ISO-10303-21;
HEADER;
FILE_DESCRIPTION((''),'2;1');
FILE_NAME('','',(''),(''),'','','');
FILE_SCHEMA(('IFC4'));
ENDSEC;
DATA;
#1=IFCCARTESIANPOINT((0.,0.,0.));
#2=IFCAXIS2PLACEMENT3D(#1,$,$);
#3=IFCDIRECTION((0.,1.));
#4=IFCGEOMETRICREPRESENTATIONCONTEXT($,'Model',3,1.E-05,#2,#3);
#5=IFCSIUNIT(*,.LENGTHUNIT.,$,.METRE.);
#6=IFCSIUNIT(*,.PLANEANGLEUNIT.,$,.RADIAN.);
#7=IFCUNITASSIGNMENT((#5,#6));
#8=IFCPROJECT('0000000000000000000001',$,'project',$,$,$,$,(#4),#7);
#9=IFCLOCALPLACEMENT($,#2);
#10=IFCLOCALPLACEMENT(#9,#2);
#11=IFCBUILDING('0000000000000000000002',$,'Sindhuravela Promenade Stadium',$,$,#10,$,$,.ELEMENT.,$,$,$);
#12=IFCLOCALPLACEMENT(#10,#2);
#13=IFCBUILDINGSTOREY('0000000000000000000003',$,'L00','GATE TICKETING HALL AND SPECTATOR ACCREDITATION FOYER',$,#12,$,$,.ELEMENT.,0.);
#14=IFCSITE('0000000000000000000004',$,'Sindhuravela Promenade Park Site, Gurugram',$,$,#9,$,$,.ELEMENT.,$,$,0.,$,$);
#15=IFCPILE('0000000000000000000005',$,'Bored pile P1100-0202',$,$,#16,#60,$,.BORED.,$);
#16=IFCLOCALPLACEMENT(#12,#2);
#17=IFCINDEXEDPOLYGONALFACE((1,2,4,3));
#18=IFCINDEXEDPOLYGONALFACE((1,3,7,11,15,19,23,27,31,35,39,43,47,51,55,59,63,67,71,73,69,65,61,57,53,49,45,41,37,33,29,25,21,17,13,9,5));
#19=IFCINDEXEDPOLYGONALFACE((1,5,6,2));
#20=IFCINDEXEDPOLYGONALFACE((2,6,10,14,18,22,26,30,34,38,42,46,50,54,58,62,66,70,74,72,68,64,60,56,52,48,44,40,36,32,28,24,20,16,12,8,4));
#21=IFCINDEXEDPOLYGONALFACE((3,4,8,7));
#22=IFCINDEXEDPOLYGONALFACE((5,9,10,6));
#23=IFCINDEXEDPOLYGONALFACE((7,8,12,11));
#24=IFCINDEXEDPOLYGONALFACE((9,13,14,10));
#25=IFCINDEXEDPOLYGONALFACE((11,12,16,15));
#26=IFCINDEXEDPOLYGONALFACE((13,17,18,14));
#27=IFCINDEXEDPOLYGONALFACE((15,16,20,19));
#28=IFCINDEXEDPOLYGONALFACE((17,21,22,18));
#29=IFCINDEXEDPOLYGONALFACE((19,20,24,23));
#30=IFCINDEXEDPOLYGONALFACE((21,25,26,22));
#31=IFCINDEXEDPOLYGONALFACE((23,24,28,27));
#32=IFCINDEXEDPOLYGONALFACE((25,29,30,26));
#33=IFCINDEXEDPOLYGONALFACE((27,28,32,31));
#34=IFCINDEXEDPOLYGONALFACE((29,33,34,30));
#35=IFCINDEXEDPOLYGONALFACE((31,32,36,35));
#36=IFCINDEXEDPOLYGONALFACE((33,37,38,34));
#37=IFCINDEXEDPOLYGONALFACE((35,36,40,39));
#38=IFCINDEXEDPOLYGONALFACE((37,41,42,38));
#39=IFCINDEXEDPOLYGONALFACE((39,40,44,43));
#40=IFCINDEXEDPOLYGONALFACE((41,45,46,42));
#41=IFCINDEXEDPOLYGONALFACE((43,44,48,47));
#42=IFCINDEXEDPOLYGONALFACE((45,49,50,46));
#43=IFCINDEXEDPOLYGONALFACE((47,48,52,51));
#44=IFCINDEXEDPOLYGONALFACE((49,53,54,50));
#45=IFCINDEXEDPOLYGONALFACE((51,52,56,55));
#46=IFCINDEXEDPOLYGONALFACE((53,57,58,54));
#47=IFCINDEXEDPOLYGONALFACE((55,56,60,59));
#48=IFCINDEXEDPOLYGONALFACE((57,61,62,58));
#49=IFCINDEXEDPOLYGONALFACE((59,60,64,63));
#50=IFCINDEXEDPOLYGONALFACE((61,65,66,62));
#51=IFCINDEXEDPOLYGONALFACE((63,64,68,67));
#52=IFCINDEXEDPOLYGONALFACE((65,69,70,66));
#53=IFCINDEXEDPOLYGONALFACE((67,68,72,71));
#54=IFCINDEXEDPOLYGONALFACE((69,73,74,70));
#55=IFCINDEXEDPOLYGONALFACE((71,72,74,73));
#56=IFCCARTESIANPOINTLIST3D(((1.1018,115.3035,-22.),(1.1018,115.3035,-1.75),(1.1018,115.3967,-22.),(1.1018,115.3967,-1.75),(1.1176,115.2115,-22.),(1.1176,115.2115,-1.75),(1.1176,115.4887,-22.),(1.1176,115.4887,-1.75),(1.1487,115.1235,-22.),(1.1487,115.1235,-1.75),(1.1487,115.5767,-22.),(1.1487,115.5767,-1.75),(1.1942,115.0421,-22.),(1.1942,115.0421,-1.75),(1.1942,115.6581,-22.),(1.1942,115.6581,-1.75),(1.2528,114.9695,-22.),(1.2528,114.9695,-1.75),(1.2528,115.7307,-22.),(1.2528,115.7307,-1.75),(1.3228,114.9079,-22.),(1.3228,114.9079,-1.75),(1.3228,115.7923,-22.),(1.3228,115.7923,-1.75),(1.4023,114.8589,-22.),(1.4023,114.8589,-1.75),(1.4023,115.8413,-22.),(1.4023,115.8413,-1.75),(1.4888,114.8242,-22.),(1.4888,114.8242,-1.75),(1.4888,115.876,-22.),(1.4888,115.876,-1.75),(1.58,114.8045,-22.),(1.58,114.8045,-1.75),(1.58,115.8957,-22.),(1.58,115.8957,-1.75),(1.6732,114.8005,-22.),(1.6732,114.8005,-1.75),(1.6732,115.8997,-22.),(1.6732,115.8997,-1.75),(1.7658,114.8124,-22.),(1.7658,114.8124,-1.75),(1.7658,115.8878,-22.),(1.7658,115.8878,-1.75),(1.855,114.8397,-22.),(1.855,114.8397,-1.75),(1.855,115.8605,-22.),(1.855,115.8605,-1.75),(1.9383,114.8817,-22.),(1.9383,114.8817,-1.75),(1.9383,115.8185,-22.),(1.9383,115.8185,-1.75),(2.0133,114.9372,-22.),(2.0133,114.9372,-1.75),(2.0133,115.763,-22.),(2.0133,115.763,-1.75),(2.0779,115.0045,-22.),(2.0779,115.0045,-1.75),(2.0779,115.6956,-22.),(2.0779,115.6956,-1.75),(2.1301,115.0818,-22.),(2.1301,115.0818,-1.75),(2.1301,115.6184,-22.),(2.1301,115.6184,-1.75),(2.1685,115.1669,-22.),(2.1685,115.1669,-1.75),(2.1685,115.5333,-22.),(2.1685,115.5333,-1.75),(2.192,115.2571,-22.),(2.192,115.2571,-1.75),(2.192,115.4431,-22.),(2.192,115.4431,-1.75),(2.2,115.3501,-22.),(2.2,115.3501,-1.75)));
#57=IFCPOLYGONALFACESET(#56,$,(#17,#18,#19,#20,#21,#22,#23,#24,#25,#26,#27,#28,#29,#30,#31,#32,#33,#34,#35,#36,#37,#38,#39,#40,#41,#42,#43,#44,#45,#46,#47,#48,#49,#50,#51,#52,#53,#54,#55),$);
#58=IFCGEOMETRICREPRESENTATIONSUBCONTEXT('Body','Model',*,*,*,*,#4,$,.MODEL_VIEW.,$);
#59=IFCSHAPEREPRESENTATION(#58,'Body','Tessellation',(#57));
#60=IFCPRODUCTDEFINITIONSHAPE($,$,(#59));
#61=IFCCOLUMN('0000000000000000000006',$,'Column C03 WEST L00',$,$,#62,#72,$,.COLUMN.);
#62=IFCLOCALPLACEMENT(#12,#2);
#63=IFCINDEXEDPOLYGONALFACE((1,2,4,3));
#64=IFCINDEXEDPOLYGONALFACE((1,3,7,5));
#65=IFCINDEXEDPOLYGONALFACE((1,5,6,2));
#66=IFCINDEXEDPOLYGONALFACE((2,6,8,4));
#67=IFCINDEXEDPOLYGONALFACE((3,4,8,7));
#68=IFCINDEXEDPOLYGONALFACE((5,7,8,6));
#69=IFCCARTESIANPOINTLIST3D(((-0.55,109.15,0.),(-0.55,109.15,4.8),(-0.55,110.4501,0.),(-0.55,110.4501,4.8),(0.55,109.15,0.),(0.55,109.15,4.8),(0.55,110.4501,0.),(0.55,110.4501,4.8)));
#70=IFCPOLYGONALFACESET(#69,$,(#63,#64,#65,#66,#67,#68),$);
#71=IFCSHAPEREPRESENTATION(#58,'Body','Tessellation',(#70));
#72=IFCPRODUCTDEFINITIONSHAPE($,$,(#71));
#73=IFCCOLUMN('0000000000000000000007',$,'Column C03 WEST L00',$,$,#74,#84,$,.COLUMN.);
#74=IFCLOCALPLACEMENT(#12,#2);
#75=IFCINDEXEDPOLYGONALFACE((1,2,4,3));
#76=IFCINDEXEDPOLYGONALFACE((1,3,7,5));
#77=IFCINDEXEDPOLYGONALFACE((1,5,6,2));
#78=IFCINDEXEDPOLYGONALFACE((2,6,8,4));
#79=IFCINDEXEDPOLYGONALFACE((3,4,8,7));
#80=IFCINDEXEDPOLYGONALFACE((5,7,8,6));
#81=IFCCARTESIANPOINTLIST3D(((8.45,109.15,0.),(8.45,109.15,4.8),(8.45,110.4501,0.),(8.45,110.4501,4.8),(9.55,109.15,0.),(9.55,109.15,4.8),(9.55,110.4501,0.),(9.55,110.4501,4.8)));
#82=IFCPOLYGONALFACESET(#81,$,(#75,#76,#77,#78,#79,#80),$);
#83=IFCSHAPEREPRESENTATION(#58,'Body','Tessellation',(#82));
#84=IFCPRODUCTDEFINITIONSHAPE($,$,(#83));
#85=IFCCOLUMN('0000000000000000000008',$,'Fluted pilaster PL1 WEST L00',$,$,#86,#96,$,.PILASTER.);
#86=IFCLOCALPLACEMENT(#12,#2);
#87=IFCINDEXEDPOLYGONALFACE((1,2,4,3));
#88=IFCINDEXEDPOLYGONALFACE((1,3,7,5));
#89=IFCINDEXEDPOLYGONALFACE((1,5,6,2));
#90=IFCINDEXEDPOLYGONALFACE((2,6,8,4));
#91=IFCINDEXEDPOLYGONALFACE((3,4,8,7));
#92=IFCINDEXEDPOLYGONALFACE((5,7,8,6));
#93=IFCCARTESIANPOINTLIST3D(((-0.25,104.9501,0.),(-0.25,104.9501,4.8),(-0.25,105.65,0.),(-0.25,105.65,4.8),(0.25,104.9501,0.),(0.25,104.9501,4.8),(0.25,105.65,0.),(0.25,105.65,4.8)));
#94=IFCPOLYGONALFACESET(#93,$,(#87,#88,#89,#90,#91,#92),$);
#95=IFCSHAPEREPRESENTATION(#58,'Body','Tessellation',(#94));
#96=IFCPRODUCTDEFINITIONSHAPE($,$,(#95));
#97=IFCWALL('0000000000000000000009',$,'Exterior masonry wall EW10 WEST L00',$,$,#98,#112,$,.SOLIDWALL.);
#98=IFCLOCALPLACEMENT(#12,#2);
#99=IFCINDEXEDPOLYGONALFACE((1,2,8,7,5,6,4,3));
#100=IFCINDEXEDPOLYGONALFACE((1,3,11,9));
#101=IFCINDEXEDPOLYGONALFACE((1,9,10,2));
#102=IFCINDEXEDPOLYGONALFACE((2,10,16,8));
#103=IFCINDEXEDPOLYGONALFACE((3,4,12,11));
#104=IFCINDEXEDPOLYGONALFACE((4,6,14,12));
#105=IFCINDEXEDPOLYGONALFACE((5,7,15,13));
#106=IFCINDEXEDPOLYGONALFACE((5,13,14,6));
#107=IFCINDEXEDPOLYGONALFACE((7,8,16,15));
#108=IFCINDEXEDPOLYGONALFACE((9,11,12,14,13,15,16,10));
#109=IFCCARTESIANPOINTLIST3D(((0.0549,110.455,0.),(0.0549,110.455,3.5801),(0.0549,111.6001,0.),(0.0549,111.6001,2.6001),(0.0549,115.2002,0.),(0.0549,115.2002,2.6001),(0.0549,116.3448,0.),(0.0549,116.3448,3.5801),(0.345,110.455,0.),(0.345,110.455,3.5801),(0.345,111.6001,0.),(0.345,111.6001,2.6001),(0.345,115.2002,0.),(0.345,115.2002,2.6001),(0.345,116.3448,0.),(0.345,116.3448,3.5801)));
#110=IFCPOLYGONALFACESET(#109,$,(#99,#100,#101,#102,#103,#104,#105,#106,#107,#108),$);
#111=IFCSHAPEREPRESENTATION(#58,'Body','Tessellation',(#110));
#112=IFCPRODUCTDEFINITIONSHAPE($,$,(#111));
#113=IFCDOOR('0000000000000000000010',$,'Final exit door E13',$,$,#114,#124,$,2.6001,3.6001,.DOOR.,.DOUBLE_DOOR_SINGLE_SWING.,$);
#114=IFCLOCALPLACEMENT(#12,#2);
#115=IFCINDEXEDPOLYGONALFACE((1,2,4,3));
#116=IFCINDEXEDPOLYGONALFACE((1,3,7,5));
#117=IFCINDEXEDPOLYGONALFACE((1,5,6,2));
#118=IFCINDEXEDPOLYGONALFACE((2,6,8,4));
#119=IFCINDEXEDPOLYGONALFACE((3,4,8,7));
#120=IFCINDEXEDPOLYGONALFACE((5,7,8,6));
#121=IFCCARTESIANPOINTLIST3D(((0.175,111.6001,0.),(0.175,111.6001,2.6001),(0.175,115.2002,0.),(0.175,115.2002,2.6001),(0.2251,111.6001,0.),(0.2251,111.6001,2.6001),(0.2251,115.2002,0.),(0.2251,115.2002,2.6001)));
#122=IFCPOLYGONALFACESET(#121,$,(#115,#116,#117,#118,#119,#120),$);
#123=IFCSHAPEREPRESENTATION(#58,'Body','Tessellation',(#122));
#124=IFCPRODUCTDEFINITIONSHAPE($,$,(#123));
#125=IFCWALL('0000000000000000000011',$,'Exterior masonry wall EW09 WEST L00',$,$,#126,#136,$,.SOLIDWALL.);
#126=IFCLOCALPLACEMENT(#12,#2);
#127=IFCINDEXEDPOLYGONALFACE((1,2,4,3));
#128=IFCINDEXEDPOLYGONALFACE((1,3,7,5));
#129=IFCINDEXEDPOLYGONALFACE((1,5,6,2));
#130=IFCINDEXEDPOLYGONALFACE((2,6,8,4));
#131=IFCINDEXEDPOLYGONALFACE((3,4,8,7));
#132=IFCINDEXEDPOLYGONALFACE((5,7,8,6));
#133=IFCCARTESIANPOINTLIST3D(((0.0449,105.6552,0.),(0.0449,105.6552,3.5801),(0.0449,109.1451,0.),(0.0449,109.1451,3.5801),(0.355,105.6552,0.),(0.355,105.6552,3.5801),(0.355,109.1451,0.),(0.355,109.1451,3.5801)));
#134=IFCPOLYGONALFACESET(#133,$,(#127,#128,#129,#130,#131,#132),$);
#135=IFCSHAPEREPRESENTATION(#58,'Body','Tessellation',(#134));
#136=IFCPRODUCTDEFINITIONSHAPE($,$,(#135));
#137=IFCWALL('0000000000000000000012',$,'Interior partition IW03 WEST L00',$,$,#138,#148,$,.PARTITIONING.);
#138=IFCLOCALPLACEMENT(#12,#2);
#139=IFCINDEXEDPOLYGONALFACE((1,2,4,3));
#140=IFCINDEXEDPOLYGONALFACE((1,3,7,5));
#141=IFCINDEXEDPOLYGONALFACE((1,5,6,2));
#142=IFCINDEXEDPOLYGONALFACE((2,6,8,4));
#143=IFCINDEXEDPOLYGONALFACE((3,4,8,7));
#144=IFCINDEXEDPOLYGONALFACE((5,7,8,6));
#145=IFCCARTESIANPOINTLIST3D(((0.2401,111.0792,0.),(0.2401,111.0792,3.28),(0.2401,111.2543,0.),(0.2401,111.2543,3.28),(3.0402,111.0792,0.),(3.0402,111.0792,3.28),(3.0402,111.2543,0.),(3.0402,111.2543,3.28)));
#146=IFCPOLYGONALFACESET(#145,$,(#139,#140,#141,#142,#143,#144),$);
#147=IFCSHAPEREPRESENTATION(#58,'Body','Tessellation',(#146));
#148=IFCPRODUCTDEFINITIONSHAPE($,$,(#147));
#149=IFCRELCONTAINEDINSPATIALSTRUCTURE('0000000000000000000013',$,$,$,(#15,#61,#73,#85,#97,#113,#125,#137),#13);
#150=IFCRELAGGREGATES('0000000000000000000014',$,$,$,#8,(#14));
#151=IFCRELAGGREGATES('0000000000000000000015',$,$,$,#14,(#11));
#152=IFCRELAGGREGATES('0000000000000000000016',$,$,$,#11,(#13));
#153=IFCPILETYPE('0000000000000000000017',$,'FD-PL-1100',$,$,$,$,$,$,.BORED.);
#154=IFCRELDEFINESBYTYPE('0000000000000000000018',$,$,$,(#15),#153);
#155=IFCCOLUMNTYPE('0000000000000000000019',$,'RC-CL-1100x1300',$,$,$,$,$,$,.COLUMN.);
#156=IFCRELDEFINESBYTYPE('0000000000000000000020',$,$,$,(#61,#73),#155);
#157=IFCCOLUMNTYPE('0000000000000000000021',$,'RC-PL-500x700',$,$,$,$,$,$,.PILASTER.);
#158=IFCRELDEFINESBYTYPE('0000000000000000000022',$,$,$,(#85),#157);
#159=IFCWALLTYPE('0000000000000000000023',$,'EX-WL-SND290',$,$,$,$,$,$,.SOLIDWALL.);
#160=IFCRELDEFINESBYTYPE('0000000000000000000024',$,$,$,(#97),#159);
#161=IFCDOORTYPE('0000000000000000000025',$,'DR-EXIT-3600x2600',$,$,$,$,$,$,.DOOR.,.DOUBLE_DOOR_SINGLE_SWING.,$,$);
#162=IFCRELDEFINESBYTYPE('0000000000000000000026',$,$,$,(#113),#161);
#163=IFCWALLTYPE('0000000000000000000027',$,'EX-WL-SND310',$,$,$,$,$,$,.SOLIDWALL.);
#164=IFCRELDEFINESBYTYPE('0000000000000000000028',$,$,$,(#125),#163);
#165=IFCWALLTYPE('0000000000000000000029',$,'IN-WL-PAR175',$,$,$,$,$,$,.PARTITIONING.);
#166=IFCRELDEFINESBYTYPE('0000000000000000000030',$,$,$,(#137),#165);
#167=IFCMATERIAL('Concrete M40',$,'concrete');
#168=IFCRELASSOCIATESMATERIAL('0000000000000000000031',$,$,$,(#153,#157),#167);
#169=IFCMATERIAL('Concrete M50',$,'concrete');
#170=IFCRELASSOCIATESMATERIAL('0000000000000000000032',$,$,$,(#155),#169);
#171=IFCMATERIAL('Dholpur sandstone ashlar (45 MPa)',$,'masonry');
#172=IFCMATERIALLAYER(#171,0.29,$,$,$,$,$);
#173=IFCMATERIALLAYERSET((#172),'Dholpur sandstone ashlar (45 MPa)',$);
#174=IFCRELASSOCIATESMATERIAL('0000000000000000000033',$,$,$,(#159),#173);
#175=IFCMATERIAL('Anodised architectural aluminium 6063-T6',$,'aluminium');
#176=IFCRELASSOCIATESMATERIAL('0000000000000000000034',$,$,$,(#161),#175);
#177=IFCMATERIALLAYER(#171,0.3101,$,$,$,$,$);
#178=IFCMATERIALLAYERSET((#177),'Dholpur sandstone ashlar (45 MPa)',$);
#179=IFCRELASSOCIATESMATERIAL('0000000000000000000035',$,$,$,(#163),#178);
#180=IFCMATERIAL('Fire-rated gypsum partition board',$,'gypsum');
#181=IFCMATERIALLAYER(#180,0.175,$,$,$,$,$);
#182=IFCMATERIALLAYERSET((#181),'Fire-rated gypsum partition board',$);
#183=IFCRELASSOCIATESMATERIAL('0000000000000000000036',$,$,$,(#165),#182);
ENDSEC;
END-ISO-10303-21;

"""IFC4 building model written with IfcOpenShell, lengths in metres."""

from ifc_helpers import new_model, si_unit, direction, frame, frame_2d, origin, origin_2d, place, context, subcontext, project, spatial, rectangle, circle, extrude, material, layer, layer_set, material_profile, profile_set, type_object, element, fill, save


model = new_model("IFC4")

# Units and contexts
model_context = context("Model", 3, precision=1e-05, world=origin(), true_north=direction((0.0, 1.0)))
body_context = subcontext(model_context, "Body", "Model", "MODEL_VIEW")
ifc_project = project(units=[si_unit("LENGTHUNIT", "METRE"), si_unit("PLANEANGLEUNIT", "RADIAN")], contexts=[model_context])

# Site, building, storey
site_placement = place(None, origin())
site = spatial("IfcSite", under=ifc_project, at=site_placement, Name="Sindhuravela Promenade Park Site, Gurugram", CompositionType="ELEMENT", RefElevation=0.0)
building_placement = place(site_placement, origin())
building = spatial("IfcBuilding", under=site, at=building_placement, Name="Sindhuravela Promenade Stadium", CompositionType="ELEMENT")
storey_placement = place(building_placement, origin())
storey = spatial("IfcBuildingStorey", under=building, at=storey_placement, Name="L00", Description="GATE TICKETING HALL AND SPECTATOR ACCREDITATION FOYER", CompositionType="ELEMENT", Elevation=0.0)

# Shared definitions
ifc_material_1 = material(Name="Concrete M50", Category="concrete")

# Pile
ifc_material_2 = material(Name="Concrete M40", Category="concrete")
ifc_material_profile_1 = material_profile(ifc_material_2, circle(Radius=0.55, at=origin_2d()), Name="BORED PILE D1100")
ifc_profile_set_1 = profile_set([ifc_material_profile_1], Name="Concrete M40")
pile_type_1 = type_object("IfcPileType", Name="FD-PL-1100", PredefinedType="BORED", material=ifc_profile_set_1)
for number, where, z_axis, x_axis, name in (
    (1, (1.6499, 115.3501, -1.75), (0.0, 0.0, -1.0), (1.0, 0.0, 0.0), "Bored pile P1100-0202"),
):
    element("IfcPile", number, at=place(storey_placement, frame(where, z_axis=z_axis, x_axis=x_axis)), inside=storey, type_object=pile_type_1, Name=name, PredefinedType="BORED", context=body_context, shape_type="SweptSolid", body=[
        extrude(circle(Radius=0.55, at=origin_2d()), origin(), (0.0, 0.0, 1.0), 20.25),
    ])

# Columns
ifc_material_profile_2 = material_profile(ifc_material_1, rectangle(XDim=1.1001, YDim=1.3, at=origin_2d()), Name="RC 1100x1300")
ifc_profile_set_2 = profile_set([ifc_material_profile_2], Name="Concrete M50")
column_type_1 = type_object("IfcColumnType", Name="RC-CL-1100x1300", PredefinedType="COLUMN", material=ifc_profile_set_2)
for number, where, z_axis, x_axis, name in (
    (2, (0.0, 109.8, 0.0), (0.0, 0.0, 1.0), (1.0, 0.0, 0.0), "Column C03 WEST L00"),
    (3, (9.0, 109.8, 0.0), (0.0, 0.0, 1.0), (1.0, 0.0, 0.0), "Column C03 WEST L00"),
):
    element("IfcColumn", number, at=place(storey_placement, frame(where, z_axis=z_axis, x_axis=x_axis)), inside=storey, type_object=column_type_1, Name=name, PredefinedType="COLUMN", context=body_context, shape_type="SweptSolid", body=[
        extrude(rectangle(XDim=1.1001, YDim=1.3, at=origin_2d()), origin(), (0.0, 0.0, 1.0), 4.8),
    ])
ifc_material_profile_3 = material_profile(ifc_material_2, rectangle(XDim=0.5, YDim=0.7, at=origin_2d()), Name="PIL 500x700")
ifc_profile_set_3 = profile_set([ifc_material_profile_3], Name="Concrete M40")
column_type_2 = type_object("IfcColumnType", Name="RC-PL-500x700", PredefinedType="PILASTER", material=ifc_profile_set_3)
column_placement = place(storey_placement, frame((0.0, 105.3, 0.0), z_axis=(0.0, 0.0, 1.0), x_axis=(1.0, 0.0, 0.0)))
element("IfcColumn", 4, at=column_placement, inside=storey, type_object=column_type_2, Name="Fluted pilaster PL1 WEST L00", PredefinedType="PILASTER", context=body_context, shape_type="SweptSolid", body=[
    extrude(rectangle(XDim=0.5, YDim=0.7, at=origin_2d()), origin(), (0.0, 0.0, 1.0), 4.8),
])

# Wall, opening, door
ifc_material_3 = material(Name="Dholpur sandstone ashlar (45 MPa)", Category="masonry")
ifc_layer_1 = layer(ifc_material_3, 0.29)
ifc_layer_set_1 = layer_set([ifc_layer_1], Name="Dholpur sandstone ashlar (45 MPa)")
wall_type_1 = type_object("IfcWallType", Name="EX-WL-SND290", PredefinedType="SOLIDWALL", material=ifc_layer_set_1)
wall_1_placement = place(storey_placement, frame((0.2, 110.4551, 0.0), z_axis=(0.0, 0.0, 1.0), x_axis=(0.0, 1.0, 0.0)))
wall_1 = element("IfcWall", 5, at=wall_1_placement, inside=storey, type_object=wall_type_1, Name="Exterior masonry wall EW10 WEST L00", PredefinedType="SOLIDWALL", context=body_context, shape_type="SweptSolid", body=[
    extrude(rectangle(XDim=5.8899, YDim=0.29, at=frame_2d((2.9448, 0.0))), origin(), (0.0, 0.0, 1.0), 3.5801),
])
opening_1_placement = place(wall_1_placement, frame((1.145, 0.0, 0.0)))
opening_1 = element("IfcOpeningElement", 6, at=opening_1_placement, cuts=wall_1, PredefinedType="OPENING", context=body_context, shape_type="SweptSolid", body=[
    extrude(rectangle(XDim=3.6001, YDim=2.6001, at=frame_2d((1.8, 1.3))), frame((0.0, 0.155, 0.0), z_axis=(0.0, -1.0, 0.0), x_axis=(1.0, 0.0, 0.0)), (0.0, 0.0, 1.0), 0.3101),
])
ifc_material_4 = material(Name="Anodised architectural aluminium 6063-T6", Category="aluminium")
door_type_1 = type_object("IfcDoorType", Name="DR-EXIT-3600x2600", OperationType="DOUBLE_DOOR_SINGLE_SWING", PredefinedType="DOOR", material=ifc_material_4)
door_1_placement = place(opening_1_placement, origin())
door_1 = element("IfcDoor", 7, at=door_1_placement, inside=storey, type_object=door_type_1, Name="Final exit door E13", OperationType="DOUBLE_DOOR_SINGLE_SWING", OverallHeight=2.6001, OverallWidth=3.6001, PredefinedType="DOOR", context=body_context, shape_type="SweptSolid", body=[
    extrude(rectangle(XDim=3.6001, YDim=2.6001, at=frame_2d((1.8, 1.3))), frame((0.0, 0.0249, 0.0), z_axis=(0.0, -1.0, 0.0), x_axis=(1.0, 0.0, 0.0)), (0.0, 0.0, 1.0), 0.05),
])
fill(opening_1, door_1)

# Walls
ifc_layer_2 = layer(ifc_material_3, 0.3101)
ifc_layer_set_2 = layer_set([ifc_layer_2], Name="Dholpur sandstone ashlar (45 MPa)")
wall_type_2 = type_object("IfcWallType", Name="EX-WL-SND310", PredefinedType="SOLIDWALL", material=ifc_layer_set_2)
wall_2_placement = place(storey_placement, frame((0.2, 105.655, 0.0), z_axis=(0.0, 0.0, 1.0), x_axis=(0.0, 1.0, 0.0)))
element("IfcWall", 8, at=wall_2_placement, inside=storey, type_object=wall_type_2, Name="Exterior masonry wall EW09 WEST L00", PredefinedType="SOLIDWALL", context=body_context, shape_type="SweptSolid", body=[
    extrude(rectangle(XDim=3.49, YDim=0.3101, at=frame_2d((1.7451, 0.0))), origin(), (0.0, 0.0, 1.0), 3.5801),
])
ifc_material_5 = material(Name="Fire-rated gypsum partition board", Category="gypsum")
ifc_layer_3 = layer(ifc_material_5, 0.175)
ifc_layer_set_3 = layer_set([ifc_layer_3], Name="Fire-rated gypsum partition board")
wall_type_3 = type_object("IfcWallType", Name="IN-WL-PAR175", PredefinedType="PARTITIONING", material=ifc_layer_set_3)
wall_3_placement = place(storey_placement, frame((3.04, 111.1667, 0.0), z_axis=(0.0, 0.0, 1.0), x_axis=(-1.0, 0.0, 0.0)))
element("IfcWall", 9, at=wall_3_placement, inside=storey, type_object=wall_type_3, Name="Interior partition IW03 WEST L00", PredefinedType="PARTITIONING", context=body_context, shape_type="SweptSolid", body=[
    extrude(rectangle(XDim=2.8, YDim=0.175, at=frame_2d((1.3999, 0.0))), origin(), (0.0, 0.0, 1.0), 3.28),
])

save(model, "model.ifc")
